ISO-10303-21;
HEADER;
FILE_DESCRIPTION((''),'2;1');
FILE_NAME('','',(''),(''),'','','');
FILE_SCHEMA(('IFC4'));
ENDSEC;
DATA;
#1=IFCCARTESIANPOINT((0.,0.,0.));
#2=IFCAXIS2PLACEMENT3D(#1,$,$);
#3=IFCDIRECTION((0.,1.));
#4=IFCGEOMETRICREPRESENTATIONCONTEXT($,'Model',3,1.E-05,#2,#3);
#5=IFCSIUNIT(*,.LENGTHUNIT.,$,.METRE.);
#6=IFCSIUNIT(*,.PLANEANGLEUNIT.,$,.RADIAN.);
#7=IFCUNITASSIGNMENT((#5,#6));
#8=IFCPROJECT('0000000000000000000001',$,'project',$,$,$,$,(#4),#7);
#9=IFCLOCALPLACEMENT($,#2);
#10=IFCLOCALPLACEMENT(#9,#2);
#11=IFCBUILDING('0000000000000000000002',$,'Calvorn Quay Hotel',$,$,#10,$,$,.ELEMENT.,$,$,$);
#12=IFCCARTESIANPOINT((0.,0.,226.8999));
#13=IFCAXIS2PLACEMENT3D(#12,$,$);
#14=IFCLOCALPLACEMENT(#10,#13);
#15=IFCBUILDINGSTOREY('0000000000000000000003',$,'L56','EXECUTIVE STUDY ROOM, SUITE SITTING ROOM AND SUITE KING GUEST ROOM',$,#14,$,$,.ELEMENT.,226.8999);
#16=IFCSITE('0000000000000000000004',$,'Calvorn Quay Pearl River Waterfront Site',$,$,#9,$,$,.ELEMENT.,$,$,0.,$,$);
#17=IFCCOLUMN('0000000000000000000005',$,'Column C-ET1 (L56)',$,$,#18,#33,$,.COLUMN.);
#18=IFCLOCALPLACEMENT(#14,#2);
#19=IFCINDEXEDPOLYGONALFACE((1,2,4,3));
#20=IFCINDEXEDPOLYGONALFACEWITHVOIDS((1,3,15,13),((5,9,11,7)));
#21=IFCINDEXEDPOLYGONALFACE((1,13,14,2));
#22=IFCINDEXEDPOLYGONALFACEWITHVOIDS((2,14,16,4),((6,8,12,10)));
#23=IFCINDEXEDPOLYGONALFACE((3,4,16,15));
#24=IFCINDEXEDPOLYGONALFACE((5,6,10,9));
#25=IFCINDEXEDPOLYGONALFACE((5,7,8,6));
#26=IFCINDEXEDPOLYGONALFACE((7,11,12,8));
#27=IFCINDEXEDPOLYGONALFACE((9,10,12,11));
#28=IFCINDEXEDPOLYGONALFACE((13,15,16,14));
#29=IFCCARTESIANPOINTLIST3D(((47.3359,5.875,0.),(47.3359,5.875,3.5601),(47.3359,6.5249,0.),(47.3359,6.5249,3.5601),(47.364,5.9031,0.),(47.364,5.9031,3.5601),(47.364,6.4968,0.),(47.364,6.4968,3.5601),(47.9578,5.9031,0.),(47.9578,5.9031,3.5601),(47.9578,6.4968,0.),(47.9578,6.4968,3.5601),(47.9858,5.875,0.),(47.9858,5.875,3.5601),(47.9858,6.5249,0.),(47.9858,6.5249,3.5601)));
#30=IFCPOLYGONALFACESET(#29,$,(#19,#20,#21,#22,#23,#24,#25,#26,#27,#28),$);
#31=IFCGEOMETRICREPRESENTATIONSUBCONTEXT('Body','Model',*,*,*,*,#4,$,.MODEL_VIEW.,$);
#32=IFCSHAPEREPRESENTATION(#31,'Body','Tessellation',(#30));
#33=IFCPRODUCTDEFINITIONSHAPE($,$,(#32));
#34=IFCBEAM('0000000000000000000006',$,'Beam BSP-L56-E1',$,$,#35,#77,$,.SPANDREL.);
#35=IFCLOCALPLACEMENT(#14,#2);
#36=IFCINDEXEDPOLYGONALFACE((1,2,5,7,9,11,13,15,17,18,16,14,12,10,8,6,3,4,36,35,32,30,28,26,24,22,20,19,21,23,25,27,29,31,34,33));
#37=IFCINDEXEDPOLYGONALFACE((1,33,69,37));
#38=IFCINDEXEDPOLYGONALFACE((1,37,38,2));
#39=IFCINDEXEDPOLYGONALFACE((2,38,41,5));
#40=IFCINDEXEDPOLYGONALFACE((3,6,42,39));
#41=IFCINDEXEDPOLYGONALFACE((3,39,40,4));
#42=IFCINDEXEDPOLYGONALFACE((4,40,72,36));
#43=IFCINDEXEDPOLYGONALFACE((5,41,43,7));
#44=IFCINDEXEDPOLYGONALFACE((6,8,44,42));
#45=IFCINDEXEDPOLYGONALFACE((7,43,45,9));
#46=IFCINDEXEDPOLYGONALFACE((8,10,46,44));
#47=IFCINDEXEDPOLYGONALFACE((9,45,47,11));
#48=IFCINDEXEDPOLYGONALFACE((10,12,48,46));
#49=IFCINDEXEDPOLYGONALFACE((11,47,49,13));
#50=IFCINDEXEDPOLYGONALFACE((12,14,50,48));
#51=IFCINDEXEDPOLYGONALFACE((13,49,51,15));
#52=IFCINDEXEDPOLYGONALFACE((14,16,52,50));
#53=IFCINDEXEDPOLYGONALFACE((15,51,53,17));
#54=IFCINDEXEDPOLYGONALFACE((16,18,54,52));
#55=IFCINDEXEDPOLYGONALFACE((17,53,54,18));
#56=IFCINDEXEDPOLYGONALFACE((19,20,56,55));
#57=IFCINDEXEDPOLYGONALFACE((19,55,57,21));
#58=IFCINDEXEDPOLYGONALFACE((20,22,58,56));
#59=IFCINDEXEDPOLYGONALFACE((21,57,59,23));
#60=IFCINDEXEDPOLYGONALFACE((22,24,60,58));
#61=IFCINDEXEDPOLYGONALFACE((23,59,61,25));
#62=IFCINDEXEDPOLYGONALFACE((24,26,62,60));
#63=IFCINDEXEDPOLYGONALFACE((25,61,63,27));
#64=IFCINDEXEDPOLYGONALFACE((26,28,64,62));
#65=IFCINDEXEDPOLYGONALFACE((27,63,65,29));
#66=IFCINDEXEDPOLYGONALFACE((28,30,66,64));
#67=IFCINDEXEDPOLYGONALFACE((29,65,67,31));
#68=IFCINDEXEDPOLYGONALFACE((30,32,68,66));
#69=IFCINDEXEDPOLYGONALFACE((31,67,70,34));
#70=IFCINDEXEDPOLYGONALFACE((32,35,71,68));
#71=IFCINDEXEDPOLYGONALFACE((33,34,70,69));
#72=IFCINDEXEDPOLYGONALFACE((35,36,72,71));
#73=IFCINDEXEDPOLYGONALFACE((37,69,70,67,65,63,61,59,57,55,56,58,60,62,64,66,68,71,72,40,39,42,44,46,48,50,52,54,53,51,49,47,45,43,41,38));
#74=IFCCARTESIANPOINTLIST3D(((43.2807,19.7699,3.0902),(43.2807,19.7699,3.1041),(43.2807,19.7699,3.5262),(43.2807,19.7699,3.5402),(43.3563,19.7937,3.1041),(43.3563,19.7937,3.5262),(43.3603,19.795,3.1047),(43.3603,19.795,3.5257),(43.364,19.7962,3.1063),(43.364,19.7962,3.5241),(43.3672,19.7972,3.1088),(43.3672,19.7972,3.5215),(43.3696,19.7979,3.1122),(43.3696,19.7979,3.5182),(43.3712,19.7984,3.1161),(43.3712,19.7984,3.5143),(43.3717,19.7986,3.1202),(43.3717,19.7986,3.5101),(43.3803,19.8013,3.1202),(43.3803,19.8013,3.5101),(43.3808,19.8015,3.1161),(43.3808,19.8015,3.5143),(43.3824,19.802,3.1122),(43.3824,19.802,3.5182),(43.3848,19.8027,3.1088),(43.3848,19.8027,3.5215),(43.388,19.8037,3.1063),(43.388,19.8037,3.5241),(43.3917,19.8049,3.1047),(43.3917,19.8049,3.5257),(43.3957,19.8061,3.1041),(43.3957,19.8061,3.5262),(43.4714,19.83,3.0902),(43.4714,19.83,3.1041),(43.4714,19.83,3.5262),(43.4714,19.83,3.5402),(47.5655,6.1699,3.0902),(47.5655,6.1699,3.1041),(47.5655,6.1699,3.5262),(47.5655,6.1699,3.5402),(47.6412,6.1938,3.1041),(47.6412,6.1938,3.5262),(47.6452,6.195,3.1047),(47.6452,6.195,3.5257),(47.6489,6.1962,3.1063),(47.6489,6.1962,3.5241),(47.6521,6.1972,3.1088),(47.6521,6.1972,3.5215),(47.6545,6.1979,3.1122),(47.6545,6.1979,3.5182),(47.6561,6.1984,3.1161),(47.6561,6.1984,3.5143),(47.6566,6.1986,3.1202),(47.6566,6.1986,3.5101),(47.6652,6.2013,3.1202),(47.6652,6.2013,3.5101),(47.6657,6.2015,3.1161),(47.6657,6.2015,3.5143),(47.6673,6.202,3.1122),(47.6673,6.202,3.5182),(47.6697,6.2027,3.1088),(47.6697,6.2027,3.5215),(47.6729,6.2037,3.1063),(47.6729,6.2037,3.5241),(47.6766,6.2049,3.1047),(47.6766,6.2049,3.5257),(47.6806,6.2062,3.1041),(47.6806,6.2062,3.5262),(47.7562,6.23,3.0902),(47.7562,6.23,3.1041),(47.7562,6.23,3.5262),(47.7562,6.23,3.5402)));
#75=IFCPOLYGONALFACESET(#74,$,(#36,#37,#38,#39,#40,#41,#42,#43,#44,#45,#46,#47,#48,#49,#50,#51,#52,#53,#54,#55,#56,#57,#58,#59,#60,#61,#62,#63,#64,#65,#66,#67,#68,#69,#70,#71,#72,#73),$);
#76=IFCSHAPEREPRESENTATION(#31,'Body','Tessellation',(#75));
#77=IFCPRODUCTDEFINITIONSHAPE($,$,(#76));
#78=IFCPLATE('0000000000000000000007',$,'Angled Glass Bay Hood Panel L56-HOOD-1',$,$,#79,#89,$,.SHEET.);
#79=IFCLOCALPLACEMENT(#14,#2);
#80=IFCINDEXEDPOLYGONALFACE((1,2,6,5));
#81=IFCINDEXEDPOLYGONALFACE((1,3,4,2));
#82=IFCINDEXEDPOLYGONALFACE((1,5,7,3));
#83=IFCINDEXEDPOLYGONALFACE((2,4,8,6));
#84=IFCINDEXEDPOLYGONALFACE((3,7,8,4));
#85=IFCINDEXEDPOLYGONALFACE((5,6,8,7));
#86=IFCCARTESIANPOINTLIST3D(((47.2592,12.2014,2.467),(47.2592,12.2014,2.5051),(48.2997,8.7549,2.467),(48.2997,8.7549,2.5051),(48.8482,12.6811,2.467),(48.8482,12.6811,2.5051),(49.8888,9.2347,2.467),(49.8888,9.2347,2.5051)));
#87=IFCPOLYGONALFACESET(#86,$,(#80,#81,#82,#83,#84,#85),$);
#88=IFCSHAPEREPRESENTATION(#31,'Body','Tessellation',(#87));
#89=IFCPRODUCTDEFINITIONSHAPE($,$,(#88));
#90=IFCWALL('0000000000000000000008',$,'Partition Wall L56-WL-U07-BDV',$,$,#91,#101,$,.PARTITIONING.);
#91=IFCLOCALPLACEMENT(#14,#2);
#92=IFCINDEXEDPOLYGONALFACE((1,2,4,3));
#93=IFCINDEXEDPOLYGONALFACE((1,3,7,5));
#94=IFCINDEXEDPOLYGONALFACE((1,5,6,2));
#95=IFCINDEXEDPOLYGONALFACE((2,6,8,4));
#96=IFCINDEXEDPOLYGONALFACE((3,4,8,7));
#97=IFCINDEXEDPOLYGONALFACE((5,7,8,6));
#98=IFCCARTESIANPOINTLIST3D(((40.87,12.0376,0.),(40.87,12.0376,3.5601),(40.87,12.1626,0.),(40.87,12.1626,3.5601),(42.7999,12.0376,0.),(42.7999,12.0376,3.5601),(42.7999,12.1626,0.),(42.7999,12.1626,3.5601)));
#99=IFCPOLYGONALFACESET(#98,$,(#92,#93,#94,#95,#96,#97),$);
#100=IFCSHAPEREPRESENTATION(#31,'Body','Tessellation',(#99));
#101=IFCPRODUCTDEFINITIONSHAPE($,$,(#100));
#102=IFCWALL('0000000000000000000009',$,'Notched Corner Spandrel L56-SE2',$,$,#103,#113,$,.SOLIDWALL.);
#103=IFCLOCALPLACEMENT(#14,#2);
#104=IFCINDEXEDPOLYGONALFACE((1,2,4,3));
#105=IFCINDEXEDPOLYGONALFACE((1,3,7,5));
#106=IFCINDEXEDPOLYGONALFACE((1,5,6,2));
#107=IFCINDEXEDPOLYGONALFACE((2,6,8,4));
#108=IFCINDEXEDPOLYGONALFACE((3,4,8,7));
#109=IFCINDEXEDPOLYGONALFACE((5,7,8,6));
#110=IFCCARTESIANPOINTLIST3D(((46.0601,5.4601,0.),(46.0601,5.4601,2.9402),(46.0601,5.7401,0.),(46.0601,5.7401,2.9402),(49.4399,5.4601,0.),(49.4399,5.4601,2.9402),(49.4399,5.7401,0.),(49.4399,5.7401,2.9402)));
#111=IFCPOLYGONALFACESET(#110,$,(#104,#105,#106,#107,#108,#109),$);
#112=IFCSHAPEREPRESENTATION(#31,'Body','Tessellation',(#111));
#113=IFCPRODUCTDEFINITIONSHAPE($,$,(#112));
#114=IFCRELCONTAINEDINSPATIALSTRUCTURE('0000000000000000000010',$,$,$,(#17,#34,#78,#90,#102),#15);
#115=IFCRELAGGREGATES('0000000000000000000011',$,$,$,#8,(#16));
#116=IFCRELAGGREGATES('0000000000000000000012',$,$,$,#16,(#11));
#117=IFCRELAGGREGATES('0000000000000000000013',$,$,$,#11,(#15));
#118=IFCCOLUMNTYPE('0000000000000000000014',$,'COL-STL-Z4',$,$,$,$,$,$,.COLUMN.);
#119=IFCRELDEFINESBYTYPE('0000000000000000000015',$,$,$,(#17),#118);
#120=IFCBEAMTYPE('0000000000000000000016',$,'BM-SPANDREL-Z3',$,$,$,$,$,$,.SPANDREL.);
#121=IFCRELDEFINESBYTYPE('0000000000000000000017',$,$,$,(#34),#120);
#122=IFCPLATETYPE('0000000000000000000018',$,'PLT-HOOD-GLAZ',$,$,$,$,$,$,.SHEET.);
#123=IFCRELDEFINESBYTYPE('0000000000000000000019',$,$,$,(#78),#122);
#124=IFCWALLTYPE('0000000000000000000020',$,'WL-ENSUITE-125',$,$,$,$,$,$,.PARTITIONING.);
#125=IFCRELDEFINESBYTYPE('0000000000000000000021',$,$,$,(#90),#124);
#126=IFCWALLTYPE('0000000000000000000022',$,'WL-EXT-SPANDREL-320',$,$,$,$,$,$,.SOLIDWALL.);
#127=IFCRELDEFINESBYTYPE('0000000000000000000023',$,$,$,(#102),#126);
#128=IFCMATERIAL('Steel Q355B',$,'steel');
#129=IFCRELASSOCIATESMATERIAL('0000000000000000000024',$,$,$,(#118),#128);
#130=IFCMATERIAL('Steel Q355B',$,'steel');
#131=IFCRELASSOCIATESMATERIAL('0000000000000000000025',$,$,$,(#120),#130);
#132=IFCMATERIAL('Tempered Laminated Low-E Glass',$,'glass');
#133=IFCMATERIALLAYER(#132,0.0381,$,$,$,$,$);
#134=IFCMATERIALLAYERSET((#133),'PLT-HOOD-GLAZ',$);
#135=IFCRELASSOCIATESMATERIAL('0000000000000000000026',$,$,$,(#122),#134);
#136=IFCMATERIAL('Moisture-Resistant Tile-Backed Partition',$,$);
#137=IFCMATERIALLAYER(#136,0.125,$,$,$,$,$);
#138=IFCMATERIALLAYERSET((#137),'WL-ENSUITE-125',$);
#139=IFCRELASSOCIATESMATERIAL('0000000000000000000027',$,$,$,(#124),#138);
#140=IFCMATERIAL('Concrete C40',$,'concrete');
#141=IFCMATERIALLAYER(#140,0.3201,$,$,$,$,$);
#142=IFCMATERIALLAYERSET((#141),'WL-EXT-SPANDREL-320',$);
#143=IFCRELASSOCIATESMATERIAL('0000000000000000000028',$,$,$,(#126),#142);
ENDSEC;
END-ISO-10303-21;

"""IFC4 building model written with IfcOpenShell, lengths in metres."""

from ifc_helpers import new_model, si_unit, direction, frame, frame_2d, origin, origin_2d, place, context, subcontext, project, spatial, rectangle, hollow_rectangle, i_section, extrude, material, layer, layer_set, material_profile, profile_set, type_object, element, save


model = new_model("IFC4")

# Units and contexts
model_context = context("Model", 3, precision=1e-05, world=origin(), true_north=direction((0.0, 1.0)))
body_context = subcontext(model_context, "Body", "Model", "MODEL_VIEW")
ifc_project = project(units=[si_unit("LENGTHUNIT", "METRE"), si_unit("PLANEANGLEUNIT", "RADIAN")], contexts=[model_context])

# Site, building, storey
site_placement = place(None, origin())
site = spatial("IfcSite", under=ifc_project, at=site_placement, Name="Calvorn Quay Pearl River Waterfront Site", CompositionType="ELEMENT", RefElevation=0.0)
building_placement = place(site_placement, origin())
building = spatial("IfcBuilding", under=site, at=building_placement, Name="Calvorn Quay Hotel", CompositionType="ELEMENT")
storey_placement = place(building_placement, frame((0.0, 0.0, 226.8999)))
storey = spatial("IfcBuildingStorey", under=building, at=storey_placement, Name="L56", Description="EXECUTIVE STUDY ROOM, SUITE SITTING ROOM AND SUITE KING GUEST ROOM", CompositionType="ELEMENT", Elevation=226.8999)

# Column
ifc_material_1 = material(Name="Steel Q355B", Category="steel")
ifc_material_profile_1 = material_profile(ifc_material_1, hollow_rectangle(XDim=0.6499, YDim=0.6499, WallThickness=0.0281, at=origin_2d()), Name="BOX650x650x28")
ifc_profile_set_1 = profile_set([ifc_material_profile_1], Name="Steel Q355B")
column_type = type_object("IfcColumnType", Name="COL-STL-Z4", PredefinedType="COLUMN", material=ifc_profile_set_1)
column_placement = place(storey_placement, frame((47.6609, 6.2, 0.0), z_axis=(0.0, 0.0, 1.0), x_axis=(1.0, 0.0, 0.0)))
element("IfcColumn", 1, at=column_placement, inside=storey, type_object=column_type, Name="Column C-ET1 (L56)", PredefinedType="COLUMN", context=body_context, shape_type="SweptSolid", body=[
    extrude(hollow_rectangle(XDim=0.6499, YDim=0.6499, WallThickness=0.0281, at=origin_2d()), origin(), (0.0, 0.0, 1.0), 3.5601),
])

# Beam
ifc_material_2 = material(Name="Steel Q355B", Category="steel")
ifc_material_profile_2 = material_profile(ifc_material_2, i_section(OverallWidth=0.2, OverallDepth=0.45, WebThickness=0.009, FlangeThickness=0.0139, FilletRadius=0.0161, at=origin_2d()), Name="HN450x200x9x14")
ifc_profile_set_2 = profile_set([ifc_material_profile_2], Name="Steel Q355B")
beam_type = type_object("IfcBeamType", Name="BM-SPANDREL-Z3", PredefinedType="SPANDREL", material=ifc_profile_set_2)
beam_placement = place(storey_placement, frame((47.6609, 6.2, 3.3152), z_axis=(-0.300503, 0.953781, 0.0), x_axis=(-0.953781, -0.300503, 0.0)))
element("IfcBeam", 2, at=beam_placement, inside=storey, type_object=beam_type, Name="Beam BSP-L56-E1", PredefinedType="SPANDREL", context=body_context, shape_type="SweptSolid", body=[
    extrude(i_section(OverallWidth=0.2, OverallDepth=0.45, WebThickness=0.009, FlangeThickness=0.0139, FilletRadius=0.0161, at=origin_2d()), origin(), (0.0, 0.0, 1.0), 14.259),
])

# Plate
ifc_material_3 = material(Name="Tempered Laminated Low-E Glass", Category="glass")
ifc_layer_1 = layer(ifc_material_3, 0.0381)
ifc_layer_set_1 = layer_set([ifc_layer_1], Name="PLT-HOOD-GLAZ")
plate_type = type_object("IfcPlateType", Name="PLT-HOOD-GLAZ", PredefinedType="SHEET", material=ifc_layer_set_1)
plate_placement = place(storey_placement, frame((48.574, 10.718, 2.467), z_axis=(0.0, 0.0, 1.0), x_axis=(0.957319, 0.289032, 0.0)))
element("IfcPlate", 3, at=plate_placement, inside=storey, type_object=plate_type, Name="Angled Glass Bay Hood Panel L56-HOOD-1", PredefinedType="SHEET", context=body_context, shape_type="SweptSolid", body=[
    extrude(rectangle(XDim=1.6599, YDim=3.6001, at=origin_2d()), origin(), (0.0, 0.0, 1.0), 0.0381),
])

# Walls
ifc_material_4 = material(Name="Moisture-Resistant Tile-Backed Partition")
ifc_layer_2 = layer(ifc_material_4, 0.125)
ifc_layer_set_2 = layer_set([ifc_layer_2], Name="WL-ENSUITE-125")
wall_type_1 = type_object("IfcWallType", Name="WL-ENSUITE-125", PredefinedType="PARTITIONING", material=ifc_layer_set_2)
wall_1_placement = place(storey_placement, frame((40.8701, 12.1001, 0.0), z_axis=(0.0, 0.0, 1.0), x_axis=(1.0, 0.0, 0.0)))
element("IfcWall", 4, at=wall_1_placement, inside=storey, type_object=wall_type_1, Name="Partition Wall L56-WL-U07-BDV", PredefinedType="PARTITIONING", context=body_context, shape_type="SweptSolid", body=[
    extrude(rectangle(XDim=1.9299, YDim=0.125, at=frame_2d((0.9648, 0.0))), origin(), (0.0, 0.0, 1.0), 3.5601),
])
ifc_material_5 = material(Name="Concrete C40", Category="concrete")
ifc_layer_3 = layer(ifc_material_5, 0.3201)
ifc_layer_set_3 = layer_set([ifc_layer_3], Name="WL-EXT-SPANDREL-320")
wall_type_2 = type_object("IfcWallType", Name="WL-EXT-SPANDREL-320", PredefinedType="SOLIDWALL", material=ifc_layer_set_3)
wall_2_placement = place(storey_placement, frame((46.0601, 5.6001, 0.0), z_axis=(0.0, 0.0, 1.0), x_axis=(1.0, 0.0, 0.0)))
element("IfcWall", 5, at=wall_2_placement, inside=storey, type_object=wall_type_2, Name="Notched Corner Spandrel L56-SE2", PredefinedType="SOLIDWALL", context=body_context, shape_type="SweptSolid", body=[
    extrude(rectangle(XDim=3.3799, YDim=0.28, at=frame_2d((1.6899, 0.0))), origin(), (0.0, 0.0, 1.0), 2.9402),
])

save(model, "model.ifc")
